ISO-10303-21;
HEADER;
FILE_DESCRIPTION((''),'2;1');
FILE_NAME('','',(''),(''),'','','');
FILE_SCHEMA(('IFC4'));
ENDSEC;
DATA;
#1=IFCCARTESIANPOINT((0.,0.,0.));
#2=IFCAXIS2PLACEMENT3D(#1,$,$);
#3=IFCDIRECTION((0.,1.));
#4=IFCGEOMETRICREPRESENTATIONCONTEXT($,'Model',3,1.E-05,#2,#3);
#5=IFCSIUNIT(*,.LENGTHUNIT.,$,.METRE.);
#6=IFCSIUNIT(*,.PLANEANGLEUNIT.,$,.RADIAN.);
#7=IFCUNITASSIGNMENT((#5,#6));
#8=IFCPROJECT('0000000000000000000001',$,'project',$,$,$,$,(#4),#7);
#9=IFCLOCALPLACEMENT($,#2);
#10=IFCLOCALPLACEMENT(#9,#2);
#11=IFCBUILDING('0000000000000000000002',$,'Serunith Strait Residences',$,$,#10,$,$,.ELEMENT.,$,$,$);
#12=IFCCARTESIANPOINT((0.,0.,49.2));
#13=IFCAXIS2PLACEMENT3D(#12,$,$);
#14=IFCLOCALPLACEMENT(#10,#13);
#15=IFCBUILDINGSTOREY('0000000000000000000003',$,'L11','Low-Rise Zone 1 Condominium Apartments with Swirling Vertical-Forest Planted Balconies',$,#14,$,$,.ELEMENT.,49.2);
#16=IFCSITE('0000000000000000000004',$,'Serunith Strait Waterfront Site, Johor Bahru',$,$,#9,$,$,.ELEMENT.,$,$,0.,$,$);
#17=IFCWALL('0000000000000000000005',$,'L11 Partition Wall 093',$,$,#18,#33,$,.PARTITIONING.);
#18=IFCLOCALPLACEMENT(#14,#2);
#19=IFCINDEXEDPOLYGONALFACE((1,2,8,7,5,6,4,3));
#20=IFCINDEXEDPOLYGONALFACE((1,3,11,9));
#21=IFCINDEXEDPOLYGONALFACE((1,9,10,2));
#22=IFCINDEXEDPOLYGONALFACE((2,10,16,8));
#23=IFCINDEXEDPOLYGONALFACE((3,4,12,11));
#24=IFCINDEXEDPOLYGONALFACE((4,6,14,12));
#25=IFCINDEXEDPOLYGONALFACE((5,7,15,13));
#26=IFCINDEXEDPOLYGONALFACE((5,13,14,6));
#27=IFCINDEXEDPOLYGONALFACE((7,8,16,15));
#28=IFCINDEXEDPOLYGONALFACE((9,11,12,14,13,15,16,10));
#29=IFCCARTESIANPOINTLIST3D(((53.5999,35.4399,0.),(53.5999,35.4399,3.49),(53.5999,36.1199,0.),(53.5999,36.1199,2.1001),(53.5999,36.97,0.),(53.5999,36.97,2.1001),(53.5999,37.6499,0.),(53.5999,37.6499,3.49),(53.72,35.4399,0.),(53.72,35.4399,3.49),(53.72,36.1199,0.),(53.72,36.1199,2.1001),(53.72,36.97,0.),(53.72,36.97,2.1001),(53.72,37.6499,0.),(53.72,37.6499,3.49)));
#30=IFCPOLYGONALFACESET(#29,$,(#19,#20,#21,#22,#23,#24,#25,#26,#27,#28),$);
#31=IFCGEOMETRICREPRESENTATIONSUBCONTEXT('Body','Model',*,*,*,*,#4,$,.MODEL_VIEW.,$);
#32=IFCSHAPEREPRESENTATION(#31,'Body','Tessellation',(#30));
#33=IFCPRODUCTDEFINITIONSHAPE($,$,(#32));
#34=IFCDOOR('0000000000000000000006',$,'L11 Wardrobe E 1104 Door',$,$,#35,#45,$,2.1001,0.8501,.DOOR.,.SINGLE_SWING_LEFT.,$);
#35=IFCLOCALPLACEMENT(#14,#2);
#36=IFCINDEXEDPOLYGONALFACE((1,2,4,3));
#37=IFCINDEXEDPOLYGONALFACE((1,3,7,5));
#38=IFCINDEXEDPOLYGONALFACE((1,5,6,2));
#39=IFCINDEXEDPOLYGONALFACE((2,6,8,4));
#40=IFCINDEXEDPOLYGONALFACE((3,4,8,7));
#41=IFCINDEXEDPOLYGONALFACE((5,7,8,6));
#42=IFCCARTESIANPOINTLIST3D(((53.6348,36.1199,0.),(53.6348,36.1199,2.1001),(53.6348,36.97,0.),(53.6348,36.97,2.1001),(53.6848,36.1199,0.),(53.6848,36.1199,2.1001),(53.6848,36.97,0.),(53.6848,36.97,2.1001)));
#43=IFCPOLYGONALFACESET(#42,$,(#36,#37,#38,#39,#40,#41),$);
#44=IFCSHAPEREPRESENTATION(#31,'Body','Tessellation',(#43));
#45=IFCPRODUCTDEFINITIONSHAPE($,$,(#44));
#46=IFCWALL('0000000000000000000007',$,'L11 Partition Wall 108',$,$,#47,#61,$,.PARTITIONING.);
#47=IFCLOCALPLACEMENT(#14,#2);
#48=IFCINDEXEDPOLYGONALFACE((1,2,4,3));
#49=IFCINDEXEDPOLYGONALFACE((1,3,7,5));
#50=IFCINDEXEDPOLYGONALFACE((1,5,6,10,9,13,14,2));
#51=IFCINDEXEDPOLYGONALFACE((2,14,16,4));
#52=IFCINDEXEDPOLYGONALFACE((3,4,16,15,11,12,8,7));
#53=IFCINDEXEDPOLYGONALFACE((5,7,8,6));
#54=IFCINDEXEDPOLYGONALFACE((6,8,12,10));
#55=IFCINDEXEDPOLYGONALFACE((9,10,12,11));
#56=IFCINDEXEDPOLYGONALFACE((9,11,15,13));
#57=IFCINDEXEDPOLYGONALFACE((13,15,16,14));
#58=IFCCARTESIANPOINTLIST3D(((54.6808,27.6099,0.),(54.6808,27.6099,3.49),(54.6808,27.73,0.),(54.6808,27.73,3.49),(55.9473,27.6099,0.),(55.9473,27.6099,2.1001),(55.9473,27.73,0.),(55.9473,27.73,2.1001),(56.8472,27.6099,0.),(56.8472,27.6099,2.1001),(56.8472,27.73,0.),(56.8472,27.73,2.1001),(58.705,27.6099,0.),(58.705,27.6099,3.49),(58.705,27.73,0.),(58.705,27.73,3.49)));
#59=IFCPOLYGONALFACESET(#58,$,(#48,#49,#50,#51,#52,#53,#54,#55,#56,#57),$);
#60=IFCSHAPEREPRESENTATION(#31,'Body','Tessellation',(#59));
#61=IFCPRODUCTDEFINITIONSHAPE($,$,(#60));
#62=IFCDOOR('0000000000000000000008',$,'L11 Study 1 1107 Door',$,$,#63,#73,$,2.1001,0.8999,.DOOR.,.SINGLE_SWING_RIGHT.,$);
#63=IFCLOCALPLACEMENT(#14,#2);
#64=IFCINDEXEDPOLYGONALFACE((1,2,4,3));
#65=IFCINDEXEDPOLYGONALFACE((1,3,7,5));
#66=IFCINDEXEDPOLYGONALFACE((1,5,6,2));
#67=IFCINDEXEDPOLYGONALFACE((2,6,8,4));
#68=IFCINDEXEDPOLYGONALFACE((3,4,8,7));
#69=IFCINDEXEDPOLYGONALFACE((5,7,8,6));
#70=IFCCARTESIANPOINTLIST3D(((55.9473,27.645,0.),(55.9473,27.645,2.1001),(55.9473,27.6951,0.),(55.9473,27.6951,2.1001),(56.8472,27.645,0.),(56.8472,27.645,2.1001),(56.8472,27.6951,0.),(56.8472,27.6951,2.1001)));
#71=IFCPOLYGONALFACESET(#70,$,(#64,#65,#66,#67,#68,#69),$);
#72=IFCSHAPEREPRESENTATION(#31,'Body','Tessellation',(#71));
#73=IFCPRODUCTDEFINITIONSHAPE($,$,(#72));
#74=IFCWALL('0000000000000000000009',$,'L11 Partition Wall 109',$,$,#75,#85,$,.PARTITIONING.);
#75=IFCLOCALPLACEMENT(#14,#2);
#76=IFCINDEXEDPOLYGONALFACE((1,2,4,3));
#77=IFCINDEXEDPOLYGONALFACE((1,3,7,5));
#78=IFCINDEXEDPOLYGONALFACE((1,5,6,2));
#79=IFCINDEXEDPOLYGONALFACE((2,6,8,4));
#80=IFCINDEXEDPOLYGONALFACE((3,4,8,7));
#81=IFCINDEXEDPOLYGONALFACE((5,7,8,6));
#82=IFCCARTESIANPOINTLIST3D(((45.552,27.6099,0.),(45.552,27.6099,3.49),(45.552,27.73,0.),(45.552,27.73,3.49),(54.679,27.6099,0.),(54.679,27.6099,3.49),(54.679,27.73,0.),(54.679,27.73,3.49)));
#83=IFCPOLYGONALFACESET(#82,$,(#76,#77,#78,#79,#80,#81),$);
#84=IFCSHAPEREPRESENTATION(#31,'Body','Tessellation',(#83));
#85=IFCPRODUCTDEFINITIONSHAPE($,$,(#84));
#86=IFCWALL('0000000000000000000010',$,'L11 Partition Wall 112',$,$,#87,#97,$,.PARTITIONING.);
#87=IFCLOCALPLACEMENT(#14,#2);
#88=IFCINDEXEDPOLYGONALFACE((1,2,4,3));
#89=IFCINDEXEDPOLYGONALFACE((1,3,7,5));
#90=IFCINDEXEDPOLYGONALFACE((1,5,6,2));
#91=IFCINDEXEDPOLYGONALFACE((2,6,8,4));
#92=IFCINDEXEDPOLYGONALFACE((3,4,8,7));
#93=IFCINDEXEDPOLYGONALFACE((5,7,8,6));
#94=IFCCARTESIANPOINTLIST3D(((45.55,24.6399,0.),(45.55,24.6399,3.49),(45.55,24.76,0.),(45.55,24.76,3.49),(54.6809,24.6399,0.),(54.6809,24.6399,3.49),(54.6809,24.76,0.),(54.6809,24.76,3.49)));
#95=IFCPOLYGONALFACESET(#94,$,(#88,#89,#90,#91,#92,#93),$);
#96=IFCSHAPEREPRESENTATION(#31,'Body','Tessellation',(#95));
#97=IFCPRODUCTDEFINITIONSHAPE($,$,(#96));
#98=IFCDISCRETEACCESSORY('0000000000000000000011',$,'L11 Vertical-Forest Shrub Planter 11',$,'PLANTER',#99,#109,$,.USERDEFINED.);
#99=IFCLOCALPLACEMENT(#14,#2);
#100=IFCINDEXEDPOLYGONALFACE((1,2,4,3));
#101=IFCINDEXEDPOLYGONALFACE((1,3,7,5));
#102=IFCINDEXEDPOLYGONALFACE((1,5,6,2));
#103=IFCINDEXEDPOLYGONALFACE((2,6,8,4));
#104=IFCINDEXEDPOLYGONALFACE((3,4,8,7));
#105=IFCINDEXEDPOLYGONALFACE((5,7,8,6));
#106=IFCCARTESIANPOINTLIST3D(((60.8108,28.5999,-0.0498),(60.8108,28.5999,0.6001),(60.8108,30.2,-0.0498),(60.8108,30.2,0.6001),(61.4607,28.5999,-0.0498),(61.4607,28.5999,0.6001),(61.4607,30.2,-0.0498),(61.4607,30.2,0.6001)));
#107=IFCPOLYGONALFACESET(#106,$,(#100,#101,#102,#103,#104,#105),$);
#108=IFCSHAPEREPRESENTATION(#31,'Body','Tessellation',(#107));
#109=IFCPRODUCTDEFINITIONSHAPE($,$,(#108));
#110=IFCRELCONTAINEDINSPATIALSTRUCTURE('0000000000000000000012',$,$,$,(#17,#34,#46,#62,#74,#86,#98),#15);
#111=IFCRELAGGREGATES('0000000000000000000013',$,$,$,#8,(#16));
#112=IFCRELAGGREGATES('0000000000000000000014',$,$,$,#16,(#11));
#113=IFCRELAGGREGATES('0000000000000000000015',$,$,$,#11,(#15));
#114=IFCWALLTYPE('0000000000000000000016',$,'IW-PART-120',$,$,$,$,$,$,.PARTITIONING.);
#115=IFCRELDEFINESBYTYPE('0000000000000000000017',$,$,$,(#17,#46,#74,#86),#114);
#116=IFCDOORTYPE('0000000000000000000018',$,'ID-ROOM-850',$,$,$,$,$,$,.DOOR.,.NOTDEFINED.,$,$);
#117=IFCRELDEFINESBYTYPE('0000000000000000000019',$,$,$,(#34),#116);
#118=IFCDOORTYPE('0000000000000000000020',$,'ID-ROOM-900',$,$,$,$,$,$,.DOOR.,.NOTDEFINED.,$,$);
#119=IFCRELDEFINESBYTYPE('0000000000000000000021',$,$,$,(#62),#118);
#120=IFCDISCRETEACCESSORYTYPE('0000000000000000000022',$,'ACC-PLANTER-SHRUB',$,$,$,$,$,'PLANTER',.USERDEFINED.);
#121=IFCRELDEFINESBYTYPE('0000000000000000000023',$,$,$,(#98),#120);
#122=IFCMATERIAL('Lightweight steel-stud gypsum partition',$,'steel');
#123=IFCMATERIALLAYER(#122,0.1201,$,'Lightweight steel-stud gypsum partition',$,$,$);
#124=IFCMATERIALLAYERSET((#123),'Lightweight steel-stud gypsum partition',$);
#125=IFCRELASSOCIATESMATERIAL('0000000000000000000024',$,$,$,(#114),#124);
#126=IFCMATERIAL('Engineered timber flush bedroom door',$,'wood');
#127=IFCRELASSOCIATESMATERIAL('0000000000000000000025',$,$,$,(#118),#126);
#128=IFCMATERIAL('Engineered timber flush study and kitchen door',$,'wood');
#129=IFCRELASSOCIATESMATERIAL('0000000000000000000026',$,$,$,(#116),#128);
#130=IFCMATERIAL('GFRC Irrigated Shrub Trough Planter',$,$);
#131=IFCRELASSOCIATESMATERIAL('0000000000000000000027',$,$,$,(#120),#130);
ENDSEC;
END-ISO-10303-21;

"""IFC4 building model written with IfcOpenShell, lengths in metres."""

from ifc_helpers import new_model, si_unit, direction, frame, frame_2d, origin, origin_2d, place, context, subcontext, project, spatial, rectangle, extrude, source, transform, mapped, material, layer, layer_set, type_object, element, fill, save


model = new_model("IFC4")

# Units and contexts
model_context = context("Model", 3, precision=1e-05, world=origin(), true_north=direction((0.0, 1.0)))
body_context = subcontext(model_context, "Body", "Model", "MODEL_VIEW")
ifc_project = project(units=[si_unit("LENGTHUNIT", "METRE"), si_unit("PLANEANGLEUNIT", "RADIAN")], contexts=[model_context])

# Site, building, storey
site_placement = place(None, origin())
site = spatial("IfcSite", under=ifc_project, at=site_placement, Name="Serunith Strait Waterfront Site, Johor Bahru", CompositionType="ELEMENT", RefElevation=0.0)
building_placement = place(site_placement, origin())
building = spatial("IfcBuilding", under=site, at=building_placement, Name="Serunith Strait Residences", CompositionType="ELEMENT")
storey_placement = place(building_placement, frame((0.0, 0.0, 49.2)))
storey = spatial("IfcBuildingStorey", under=building, at=storey_placement, Name="L11", Description="Low-Rise Zone 1 Condominium Apartments with Swirling Vertical-Forest Planted Balconies", CompositionType="ELEMENT", Elevation=49.2)

# Shared definitions
ifc_material_1 = material(Name="Lightweight steel-stud gypsum partition", Category="steel")
ifc_layer_1 = layer(ifc_material_1, 0.1201, Name="Lightweight steel-stud gypsum partition")
ifc_layer_set_1 = layer_set([ifc_layer_1], Name="Lightweight steel-stud gypsum partition")
wall_type = type_object("IfcWallType", Name="IW-PART-120", PredefinedType="PARTITIONING", material=ifc_layer_set_1)
ifc_material_2 = material(Name="Engineered timber flush bedroom door", Category="wood")
door_type_1 = type_object("IfcDoorType", Name="ID-ROOM-900", OperationType="NOTDEFINED", PredefinedType="DOOR", material=ifc_material_2)
shared_shape_1 = source(origin(), body_context, "Body", "SweptSolid", [
    extrude(rectangle(XDim=0.8999, YDim=2.1001, at=frame_2d((0.45, 1.05))), frame((0.0, 0.0249, 0.0), z_axis=(0.0, -1.0, 0.0), x_axis=(1.0, 0.0, 0.0)), (0.0, 0.0, 1.0), 0.05),
])
shared_shape_2 = source(origin(), body_context, "Body", "SweptSolid", [
    extrude(rectangle(XDim=0.8501, YDim=2.1001, at=frame_2d((0.425, 1.05))), frame((0.0, 0.0249, 0.0), z_axis=(0.0, -1.0, 0.0), x_axis=(1.0, 0.0, 0.0)), (0.0, 0.0, 1.0), 0.05),
])
ifc_material_3 = material(Name="Engineered timber flush study and kitchen door", Category="wood")
door_type_2 = type_object("IfcDoorType", Name="ID-ROOM-850", OperationType="NOTDEFINED", PredefinedType="DOOR", material=ifc_material_3)

# Walls, openings, doors
wall_1_placement = place(storey_placement, frame((53.6599, 37.6499, 0.0), z_axis=(0.0, 0.0, 1.0), x_axis=(0.0, -1.0, 0.0)))
wall_1 = element("IfcWall", 1, at=wall_1_placement, inside=storey, type_object=wall_type, Name="L11 Partition Wall 093", PredefinedType="PARTITIONING", context=body_context, shape_type="SweptSolid", body=[
    extrude(rectangle(XDim=2.21, YDim=0.1201, at=frame_2d((1.105, 0.0))), origin(), (0.0, 0.0, 1.0), 3.49),
])
opening_1_placement = place(wall_1_placement, frame((0.6799, 0.0, 0.0)))
opening_1 = element("IfcOpeningElement", 2, at=opening_1_placement, cuts=wall_1, PredefinedType="OPENING", context=body_context, shape_type="SweptSolid", body=[
    extrude(rectangle(XDim=0.8501, YDim=2.1001, at=frame_2d((0.425, 1.05))), frame((0.0, 0.0701, 0.0), z_axis=(0.0, -1.0, 0.0), x_axis=(1.0, 0.0, 0.0)), (0.0, 0.0, 1.0), 0.1401),
])
door_1_placement = place(opening_1_placement, origin())
door_1 = element("IfcDoor", 3, at=door_1_placement, inside=storey, type_object=door_type_2, Name="L11 Wardrobe E 1104 Door", OperationType="SINGLE_SWING_LEFT", OverallHeight=2.1001, OverallWidth=0.8501, PredefinedType="DOOR", context=body_context, shape_type="MappedRepresentation", body=[
    mapped(shared_shape_2, transform((0.0, 0.0, 0.0), scale=1.0)),
])
fill(opening_1, door_1)
wall_2_placement = place(storey_placement, frame((58.7051, 27.6699, 0.0), z_axis=(0.0, 0.0, 1.0), x_axis=(-1.0, 0.0, 0.0)))
wall_2 = element("IfcWall", 4, at=wall_2_placement, inside=storey, type_object=wall_type, Name="L11 Partition Wall 108", PredefinedType="PARTITIONING", context=body_context, shape_type="SweptSolid", body=[
    extrude(rectangle(XDim=4.0242, YDim=0.1201, at=frame_2d((2.0122, 0.0))), origin(), (0.0, 0.0, 1.0), 3.49),
])
opening_2_placement = place(wall_2_placement, frame((1.8579, 0.0, 0.0)))
opening_2 = element("IfcOpeningElement", 5, at=opening_2_placement, cuts=wall_2, PredefinedType="OPENING", context=body_context, shape_type="SweptSolid", body=[
    extrude(rectangle(XDim=0.8999, YDim=2.1001, at=frame_2d((0.45, 1.05))), frame((0.0, 0.0701, 0.0), z_axis=(0.0, -1.0, 0.0), x_axis=(1.0, 0.0, 0.0)), (0.0, 0.0, 1.0), 0.1401),
])
door_2_placement = place(opening_2_placement, origin())
door_2 = element("IfcDoor", 6, at=door_2_placement, inside=storey, type_object=door_type_1, Name="L11 Study 1 1107 Door", OperationType="SINGLE_SWING_RIGHT", OverallHeight=2.1001, OverallWidth=0.8999, PredefinedType="DOOR", context=body_context, shape_type="MappedRepresentation", body=[
    mapped(shared_shape_1, transform((0.0, 0.0, 0.0), scale=1.0)),
])
fill(opening_2, door_2)

# Walls
wall_3_placement = place(storey_placement, frame((54.679, 27.6699, 0.0), z_axis=(0.0, 0.0, 1.0), x_axis=(-1.0, 0.0, 0.0)))
element("IfcWall", 7, at=wall_3_placement, inside=storey, type_object=wall_type, Name="L11 Partition Wall 109", PredefinedType="PARTITIONING", context=body_context, shape_type="SweptSolid", body=[
    extrude(rectangle(XDim=9.127, YDim=0.1201, at=frame_2d((4.5635, 0.0))), origin(), (0.0, 0.0, 1.0), 3.49),
])
wall_4_placement = place(storey_placement, frame((54.6809, 24.7, 0.0), z_axis=(0.0, 0.0, 1.0), x_axis=(-1.0, 0.0, 0.0)))
element("IfcWall", 8, at=wall_4_placement, inside=storey, type_object=wall_type, Name="L11 Partition Wall 112", PredefinedType="PARTITIONING", context=body_context, shape_type="SweptSolid", body=[
    extrude(rectangle(XDim=9.1309, YDim=0.1201, at=frame_2d((4.5654, 0.0))), origin(), (0.0, 0.0, 1.0), 3.49),
])

# Discrete accessory
ifc_material_4 = material(Name="GFRC Irrigated Shrub Trough Planter")
discrete_accessory_type = type_object("IfcDiscreteAccessoryType", Name="ACC-PLANTER-SHRUB", ElementType="PLANTER", PredefinedType="USERDEFINED", material=ifc_material_4)
shared_shape_3 = source(origin(), body_context, "Body", "SweptSolid", [
    extrude(rectangle(XDim=1.6001, YDim=0.6499, at=origin_2d()), origin(), (0.0, 0.0, 1.0), 0.6499),
])
discrete_accessory_placement = place(storey_placement, frame((61.1357, 29.3999, -0.0498), z_axis=(0.0, 0.0, 1.0), x_axis=(0.0, 1.0, 0.0)))
element("IfcDiscreteAccessory", 9, at=discrete_accessory_placement, inside=storey, type_object=discrete_accessory_type, Name="L11 Vertical-Forest Shrub Planter 11", ObjectType="PLANTER", PredefinedType="USERDEFINED", context=body_context, shape_type="MappedRepresentation", body=[
    mapped(shared_shape_3, transform((0.0, 0.0, 0.0), scale=1.0)),
])

save(model, "model.ifc")
